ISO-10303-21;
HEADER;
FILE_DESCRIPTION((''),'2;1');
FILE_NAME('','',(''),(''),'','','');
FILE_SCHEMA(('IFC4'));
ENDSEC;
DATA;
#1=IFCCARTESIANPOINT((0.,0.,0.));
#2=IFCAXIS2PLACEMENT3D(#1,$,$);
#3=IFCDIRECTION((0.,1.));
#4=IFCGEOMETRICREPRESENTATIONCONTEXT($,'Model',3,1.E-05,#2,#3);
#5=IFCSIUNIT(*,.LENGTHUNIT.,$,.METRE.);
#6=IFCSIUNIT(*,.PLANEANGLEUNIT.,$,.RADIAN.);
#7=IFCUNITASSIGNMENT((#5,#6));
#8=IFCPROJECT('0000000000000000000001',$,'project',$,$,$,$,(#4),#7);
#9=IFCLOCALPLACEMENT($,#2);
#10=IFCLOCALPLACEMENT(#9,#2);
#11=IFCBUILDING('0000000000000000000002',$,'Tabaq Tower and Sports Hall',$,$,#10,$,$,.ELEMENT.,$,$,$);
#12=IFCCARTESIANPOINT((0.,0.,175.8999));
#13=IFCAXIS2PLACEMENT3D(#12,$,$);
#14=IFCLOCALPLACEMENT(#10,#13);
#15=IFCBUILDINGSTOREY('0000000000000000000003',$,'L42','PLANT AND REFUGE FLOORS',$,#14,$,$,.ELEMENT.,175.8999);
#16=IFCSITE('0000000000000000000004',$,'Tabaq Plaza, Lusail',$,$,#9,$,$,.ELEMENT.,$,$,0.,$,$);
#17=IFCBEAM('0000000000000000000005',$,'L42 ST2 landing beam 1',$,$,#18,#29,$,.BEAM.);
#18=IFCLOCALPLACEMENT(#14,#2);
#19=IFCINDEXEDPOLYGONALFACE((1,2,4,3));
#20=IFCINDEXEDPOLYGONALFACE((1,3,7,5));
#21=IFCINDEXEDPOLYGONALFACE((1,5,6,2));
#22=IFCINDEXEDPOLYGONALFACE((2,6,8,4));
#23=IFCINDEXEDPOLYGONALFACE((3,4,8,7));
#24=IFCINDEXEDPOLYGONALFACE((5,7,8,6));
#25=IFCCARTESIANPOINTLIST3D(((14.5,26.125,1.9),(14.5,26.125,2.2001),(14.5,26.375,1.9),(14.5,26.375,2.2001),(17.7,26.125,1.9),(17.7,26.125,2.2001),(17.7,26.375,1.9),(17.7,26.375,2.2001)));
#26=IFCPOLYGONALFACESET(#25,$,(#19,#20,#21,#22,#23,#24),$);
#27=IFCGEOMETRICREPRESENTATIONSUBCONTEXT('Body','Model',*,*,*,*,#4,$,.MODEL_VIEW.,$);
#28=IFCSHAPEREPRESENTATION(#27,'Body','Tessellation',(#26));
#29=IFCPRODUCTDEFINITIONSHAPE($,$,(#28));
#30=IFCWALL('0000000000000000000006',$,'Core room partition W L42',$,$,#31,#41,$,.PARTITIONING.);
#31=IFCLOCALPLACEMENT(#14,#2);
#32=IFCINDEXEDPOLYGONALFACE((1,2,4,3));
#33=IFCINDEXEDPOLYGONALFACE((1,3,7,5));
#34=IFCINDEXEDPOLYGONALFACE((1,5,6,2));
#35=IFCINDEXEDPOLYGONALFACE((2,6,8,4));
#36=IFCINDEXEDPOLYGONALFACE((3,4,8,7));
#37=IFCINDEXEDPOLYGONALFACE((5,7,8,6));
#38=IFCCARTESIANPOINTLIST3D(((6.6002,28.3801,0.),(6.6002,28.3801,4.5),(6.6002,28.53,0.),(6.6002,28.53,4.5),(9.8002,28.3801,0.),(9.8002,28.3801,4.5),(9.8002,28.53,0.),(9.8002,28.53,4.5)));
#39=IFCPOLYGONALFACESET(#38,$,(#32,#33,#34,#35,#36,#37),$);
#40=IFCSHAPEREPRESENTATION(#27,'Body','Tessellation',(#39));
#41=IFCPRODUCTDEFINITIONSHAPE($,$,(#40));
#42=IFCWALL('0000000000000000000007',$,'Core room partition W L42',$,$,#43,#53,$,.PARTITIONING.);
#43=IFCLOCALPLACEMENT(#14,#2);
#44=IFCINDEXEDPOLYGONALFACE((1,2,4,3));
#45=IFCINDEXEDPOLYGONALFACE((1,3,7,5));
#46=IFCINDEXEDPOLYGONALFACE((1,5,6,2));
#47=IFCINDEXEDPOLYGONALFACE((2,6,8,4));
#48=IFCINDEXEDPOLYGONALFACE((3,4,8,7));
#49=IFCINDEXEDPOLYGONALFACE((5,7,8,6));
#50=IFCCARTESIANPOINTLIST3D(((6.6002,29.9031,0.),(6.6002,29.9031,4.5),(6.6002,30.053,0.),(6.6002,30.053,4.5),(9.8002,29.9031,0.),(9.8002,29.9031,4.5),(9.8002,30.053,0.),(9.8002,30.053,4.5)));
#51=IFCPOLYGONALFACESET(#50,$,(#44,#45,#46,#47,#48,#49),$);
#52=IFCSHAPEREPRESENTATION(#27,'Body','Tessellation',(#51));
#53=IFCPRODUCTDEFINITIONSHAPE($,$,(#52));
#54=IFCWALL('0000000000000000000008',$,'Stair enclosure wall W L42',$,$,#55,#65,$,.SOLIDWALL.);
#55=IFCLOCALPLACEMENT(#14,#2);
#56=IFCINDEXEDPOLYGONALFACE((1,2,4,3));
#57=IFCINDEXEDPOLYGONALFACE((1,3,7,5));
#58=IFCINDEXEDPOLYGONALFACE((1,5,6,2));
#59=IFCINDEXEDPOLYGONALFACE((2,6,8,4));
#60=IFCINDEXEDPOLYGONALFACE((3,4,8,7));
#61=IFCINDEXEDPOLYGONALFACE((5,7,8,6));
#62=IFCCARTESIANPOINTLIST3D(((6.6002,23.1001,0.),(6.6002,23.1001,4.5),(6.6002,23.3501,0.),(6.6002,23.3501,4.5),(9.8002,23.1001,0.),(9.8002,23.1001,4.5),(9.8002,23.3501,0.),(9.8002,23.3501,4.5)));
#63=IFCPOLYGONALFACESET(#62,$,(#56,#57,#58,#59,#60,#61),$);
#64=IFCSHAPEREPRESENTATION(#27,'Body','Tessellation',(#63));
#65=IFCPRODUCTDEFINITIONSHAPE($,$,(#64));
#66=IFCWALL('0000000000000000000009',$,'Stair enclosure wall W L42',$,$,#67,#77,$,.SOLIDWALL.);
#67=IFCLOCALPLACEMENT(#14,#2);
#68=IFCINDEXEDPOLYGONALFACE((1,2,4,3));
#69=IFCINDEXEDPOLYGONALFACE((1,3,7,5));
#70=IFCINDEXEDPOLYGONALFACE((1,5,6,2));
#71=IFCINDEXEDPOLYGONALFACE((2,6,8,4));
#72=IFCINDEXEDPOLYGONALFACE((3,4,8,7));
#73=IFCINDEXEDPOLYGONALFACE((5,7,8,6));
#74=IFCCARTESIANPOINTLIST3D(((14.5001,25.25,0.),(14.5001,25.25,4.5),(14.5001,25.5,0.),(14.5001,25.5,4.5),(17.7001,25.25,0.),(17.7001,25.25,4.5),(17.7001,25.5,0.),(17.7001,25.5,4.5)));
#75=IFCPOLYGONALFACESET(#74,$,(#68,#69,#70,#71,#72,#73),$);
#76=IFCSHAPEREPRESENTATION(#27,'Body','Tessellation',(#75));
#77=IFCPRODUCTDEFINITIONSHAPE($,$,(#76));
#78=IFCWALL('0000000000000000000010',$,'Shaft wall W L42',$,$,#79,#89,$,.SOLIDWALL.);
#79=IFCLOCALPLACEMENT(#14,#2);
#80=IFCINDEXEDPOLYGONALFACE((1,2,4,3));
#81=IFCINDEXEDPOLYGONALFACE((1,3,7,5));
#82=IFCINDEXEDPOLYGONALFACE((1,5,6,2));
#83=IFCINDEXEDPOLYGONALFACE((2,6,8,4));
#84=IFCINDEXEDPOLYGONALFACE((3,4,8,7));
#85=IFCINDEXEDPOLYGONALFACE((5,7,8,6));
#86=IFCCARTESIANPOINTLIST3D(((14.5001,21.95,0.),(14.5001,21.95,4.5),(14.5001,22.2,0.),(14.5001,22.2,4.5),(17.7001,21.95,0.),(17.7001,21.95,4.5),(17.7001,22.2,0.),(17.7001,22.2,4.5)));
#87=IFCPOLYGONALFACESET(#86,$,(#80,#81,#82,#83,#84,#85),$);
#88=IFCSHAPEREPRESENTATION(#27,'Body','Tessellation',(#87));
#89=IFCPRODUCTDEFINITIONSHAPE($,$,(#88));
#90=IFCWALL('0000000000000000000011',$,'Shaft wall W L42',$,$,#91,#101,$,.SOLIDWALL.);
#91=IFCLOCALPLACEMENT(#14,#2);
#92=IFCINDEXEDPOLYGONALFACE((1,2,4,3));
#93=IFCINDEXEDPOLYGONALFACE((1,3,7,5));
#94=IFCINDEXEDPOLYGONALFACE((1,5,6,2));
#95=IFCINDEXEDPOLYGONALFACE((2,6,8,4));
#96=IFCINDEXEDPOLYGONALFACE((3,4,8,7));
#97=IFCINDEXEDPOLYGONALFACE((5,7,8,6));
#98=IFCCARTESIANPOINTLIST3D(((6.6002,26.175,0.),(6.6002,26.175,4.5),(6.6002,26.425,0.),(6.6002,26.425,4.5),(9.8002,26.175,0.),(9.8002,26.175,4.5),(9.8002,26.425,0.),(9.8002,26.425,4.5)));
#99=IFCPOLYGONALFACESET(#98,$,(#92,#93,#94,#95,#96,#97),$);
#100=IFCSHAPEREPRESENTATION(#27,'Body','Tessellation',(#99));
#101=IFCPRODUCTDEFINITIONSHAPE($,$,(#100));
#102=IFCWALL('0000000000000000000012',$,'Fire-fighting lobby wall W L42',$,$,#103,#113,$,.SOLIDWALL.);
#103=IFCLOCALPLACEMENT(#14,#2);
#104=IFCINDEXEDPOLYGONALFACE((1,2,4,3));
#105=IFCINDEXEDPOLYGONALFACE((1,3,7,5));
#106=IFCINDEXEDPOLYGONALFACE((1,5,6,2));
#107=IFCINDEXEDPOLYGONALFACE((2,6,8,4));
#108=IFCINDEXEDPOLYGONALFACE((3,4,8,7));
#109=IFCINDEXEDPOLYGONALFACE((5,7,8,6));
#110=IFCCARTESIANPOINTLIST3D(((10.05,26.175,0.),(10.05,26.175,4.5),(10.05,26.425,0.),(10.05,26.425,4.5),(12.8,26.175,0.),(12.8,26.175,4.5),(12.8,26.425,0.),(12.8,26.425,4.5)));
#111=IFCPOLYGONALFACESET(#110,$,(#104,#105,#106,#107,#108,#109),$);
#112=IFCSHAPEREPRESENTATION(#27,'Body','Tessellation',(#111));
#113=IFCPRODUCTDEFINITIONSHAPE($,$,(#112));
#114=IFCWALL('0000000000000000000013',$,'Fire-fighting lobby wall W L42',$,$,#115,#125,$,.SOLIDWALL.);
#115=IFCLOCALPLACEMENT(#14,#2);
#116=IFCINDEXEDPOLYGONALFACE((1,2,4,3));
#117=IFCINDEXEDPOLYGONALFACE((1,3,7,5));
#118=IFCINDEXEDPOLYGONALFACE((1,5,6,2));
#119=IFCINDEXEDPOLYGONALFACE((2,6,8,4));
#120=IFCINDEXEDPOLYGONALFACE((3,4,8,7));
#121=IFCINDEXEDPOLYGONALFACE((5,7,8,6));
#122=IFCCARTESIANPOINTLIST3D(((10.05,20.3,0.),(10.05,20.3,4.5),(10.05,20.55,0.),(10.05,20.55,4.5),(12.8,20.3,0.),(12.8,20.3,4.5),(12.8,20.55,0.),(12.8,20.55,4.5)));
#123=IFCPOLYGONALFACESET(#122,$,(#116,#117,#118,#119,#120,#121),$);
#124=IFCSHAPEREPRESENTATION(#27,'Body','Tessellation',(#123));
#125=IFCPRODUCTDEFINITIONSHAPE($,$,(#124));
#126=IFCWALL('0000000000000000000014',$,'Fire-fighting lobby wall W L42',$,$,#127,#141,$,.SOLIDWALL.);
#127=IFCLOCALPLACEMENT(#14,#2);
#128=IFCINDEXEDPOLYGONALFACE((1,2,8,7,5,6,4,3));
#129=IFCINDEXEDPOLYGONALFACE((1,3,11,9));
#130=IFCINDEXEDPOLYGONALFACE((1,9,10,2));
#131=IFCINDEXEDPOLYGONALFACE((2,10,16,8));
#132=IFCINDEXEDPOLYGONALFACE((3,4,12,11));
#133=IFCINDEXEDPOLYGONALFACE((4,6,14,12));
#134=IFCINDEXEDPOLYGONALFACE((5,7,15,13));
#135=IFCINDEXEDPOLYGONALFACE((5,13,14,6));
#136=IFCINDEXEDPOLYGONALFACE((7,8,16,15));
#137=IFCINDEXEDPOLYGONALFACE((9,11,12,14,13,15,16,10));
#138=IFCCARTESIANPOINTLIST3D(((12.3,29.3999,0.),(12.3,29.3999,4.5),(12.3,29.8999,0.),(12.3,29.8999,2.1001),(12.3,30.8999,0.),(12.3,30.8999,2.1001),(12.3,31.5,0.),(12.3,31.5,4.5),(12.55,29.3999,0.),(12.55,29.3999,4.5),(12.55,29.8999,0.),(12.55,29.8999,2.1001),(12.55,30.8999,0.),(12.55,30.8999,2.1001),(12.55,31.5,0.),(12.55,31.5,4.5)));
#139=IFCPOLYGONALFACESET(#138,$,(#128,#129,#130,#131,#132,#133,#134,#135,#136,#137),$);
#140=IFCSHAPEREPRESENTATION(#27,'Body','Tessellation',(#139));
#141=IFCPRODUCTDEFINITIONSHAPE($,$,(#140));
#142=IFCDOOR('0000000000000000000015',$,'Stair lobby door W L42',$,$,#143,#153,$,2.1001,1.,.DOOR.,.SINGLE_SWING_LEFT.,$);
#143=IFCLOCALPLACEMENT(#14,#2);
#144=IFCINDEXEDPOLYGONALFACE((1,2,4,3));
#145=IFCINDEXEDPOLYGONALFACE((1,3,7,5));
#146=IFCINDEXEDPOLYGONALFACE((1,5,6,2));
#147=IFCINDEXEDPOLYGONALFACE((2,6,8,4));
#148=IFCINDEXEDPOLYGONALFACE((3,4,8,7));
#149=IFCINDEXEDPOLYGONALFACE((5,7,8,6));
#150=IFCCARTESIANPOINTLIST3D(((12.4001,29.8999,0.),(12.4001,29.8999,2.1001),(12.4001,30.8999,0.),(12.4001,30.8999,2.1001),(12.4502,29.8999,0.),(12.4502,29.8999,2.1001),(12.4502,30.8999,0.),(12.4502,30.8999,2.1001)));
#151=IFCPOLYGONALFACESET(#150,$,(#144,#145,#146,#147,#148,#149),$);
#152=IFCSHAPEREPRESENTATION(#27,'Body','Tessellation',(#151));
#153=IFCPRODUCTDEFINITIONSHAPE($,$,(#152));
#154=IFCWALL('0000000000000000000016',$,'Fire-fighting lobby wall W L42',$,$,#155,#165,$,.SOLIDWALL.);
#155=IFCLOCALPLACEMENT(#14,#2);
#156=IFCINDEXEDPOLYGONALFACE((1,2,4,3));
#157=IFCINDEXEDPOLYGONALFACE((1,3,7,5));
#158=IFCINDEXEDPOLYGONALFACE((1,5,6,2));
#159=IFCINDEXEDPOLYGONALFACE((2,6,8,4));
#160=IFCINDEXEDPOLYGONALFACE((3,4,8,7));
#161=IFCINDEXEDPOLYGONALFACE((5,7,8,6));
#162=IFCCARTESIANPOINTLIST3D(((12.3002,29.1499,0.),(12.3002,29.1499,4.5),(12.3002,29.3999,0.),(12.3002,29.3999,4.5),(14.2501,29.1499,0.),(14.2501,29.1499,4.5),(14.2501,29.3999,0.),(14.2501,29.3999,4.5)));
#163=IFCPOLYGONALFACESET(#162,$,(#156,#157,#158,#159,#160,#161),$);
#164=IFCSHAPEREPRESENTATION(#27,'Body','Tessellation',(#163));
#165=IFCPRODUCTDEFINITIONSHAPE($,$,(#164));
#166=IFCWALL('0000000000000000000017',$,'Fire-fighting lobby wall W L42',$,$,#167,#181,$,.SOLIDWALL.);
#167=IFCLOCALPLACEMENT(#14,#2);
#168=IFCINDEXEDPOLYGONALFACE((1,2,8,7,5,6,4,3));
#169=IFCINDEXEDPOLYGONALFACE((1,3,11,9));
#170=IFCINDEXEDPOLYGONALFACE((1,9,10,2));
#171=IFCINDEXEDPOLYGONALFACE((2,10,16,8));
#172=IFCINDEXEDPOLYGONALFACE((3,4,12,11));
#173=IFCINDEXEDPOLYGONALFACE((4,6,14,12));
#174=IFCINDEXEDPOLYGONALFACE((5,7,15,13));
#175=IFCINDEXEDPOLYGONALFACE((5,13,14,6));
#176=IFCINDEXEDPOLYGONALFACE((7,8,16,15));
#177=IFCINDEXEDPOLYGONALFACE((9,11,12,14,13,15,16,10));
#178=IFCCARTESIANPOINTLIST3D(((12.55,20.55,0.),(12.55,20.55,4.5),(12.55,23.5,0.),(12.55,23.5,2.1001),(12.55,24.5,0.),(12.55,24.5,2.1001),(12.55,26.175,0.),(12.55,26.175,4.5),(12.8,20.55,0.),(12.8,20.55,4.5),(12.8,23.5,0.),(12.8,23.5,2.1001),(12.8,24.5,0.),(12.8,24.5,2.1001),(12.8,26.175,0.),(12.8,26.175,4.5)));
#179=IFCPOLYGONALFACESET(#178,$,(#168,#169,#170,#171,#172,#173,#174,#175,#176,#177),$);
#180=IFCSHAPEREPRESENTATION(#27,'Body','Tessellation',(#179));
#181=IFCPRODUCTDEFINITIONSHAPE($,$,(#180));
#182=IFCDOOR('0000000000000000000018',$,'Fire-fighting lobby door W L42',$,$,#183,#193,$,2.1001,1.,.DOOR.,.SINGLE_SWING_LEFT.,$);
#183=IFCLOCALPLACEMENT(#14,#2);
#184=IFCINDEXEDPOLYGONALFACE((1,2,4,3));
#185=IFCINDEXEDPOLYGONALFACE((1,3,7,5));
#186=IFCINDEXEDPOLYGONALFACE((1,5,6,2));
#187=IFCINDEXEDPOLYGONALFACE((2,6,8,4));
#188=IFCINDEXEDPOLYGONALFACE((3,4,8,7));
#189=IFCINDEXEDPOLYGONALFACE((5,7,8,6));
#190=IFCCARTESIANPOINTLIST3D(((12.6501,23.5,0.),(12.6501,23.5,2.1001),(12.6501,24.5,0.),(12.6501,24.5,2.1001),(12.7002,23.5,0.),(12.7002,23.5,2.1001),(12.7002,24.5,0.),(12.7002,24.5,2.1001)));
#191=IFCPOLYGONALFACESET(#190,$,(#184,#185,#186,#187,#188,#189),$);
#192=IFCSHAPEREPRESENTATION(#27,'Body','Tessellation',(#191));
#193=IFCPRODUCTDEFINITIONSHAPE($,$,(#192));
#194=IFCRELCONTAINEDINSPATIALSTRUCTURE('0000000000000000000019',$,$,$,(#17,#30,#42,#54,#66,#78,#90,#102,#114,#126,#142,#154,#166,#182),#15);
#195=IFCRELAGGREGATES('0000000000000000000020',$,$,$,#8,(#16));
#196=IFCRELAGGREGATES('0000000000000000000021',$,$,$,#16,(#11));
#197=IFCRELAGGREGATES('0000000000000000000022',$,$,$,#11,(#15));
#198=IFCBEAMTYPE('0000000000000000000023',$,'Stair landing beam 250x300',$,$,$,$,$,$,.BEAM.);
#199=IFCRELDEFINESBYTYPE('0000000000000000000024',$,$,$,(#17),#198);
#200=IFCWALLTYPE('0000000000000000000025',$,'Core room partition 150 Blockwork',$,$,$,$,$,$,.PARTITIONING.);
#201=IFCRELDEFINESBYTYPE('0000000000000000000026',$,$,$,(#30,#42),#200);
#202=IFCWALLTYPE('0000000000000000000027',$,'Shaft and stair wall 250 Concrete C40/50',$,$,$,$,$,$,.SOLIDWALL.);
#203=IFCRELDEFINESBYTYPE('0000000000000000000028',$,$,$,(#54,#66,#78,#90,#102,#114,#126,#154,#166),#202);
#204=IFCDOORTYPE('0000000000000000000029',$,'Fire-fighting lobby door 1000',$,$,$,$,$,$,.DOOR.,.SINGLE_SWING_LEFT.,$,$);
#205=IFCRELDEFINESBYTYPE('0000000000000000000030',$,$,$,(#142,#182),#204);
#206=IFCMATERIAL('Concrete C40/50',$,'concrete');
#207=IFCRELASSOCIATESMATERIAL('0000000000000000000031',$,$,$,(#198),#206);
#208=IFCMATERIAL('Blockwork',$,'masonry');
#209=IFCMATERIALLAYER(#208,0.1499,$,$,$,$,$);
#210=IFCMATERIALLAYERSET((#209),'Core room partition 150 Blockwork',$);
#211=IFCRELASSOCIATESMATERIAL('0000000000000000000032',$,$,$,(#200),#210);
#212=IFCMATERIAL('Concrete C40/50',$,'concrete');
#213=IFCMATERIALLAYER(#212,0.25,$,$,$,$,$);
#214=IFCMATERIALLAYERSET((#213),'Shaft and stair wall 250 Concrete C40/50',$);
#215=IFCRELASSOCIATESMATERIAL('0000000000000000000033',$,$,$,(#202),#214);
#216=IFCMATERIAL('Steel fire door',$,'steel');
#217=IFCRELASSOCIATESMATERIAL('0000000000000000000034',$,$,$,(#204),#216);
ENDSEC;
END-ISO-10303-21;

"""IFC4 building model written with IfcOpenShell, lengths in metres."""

from ifc_helpers import new_model, si_unit, direction, frame, frame_2d, origin, origin_2d, place, context, subcontext, project, spatial, rectangle, extrude, material, layer, layer_set, material_profile, profile_set, type_object, element, fill, save


model = new_model("IFC4")

# Units and contexts
model_context = context("Model", 3, precision=1e-05, world=origin(), true_north=direction((0.0, 1.0)))
body_context = subcontext(model_context, "Body", "Model", "MODEL_VIEW")
ifc_project = project(units=[si_unit("LENGTHUNIT", "METRE"), si_unit("PLANEANGLEUNIT", "RADIAN")], contexts=[model_context])

# Site, building, storey
site_placement = place(None, origin())
site = spatial("IfcSite", under=ifc_project, at=site_placement, Name="Tabaq Plaza, Lusail", CompositionType="ELEMENT", RefElevation=0.0)
building_placement = place(site_placement, origin())
building = spatial("IfcBuilding", under=site, at=building_placement, Name="Tabaq Tower and Sports Hall", CompositionType="ELEMENT")
storey_placement = place(building_placement, frame((0.0, 0.0, 175.8999)))
storey = spatial("IfcBuildingStorey", under=building, at=storey_placement, Name="L42", Description="PLANT AND REFUGE FLOORS", CompositionType="ELEMENT", Elevation=175.8999)

# Beam
ifc_material_1 = material(Name="Concrete C40/50", Category="concrete")
ifc_material_profile = material_profile(ifc_material_1, rectangle(XDim=0.25, YDim=0.3, at=origin_2d()), Name="RC 250x300")
ifc_profile_set = profile_set([ifc_material_profile], Name="Concrete C40/50")
beam_type = type_object("IfcBeamType", Name="Stair landing beam 250x300", PredefinedType="BEAM", material=ifc_profile_set)
beam_placement = place(storey_placement, frame((14.5, 26.25, 2.05), z_axis=(1.0, 0.0, 0.0), x_axis=(0.0, 1.0, 0.0)))
element("IfcBeam", 1, at=beam_placement, inside=storey, type_object=beam_type, Name="L42 ST2 landing beam 1", PredefinedType="BEAM", context=body_context, shape_type="SweptSolid", body=[
    extrude(rectangle(XDim=0.25, YDim=0.3, at=origin_2d()), origin(), (0.0, 0.0, 1.0), 3.2),
])

# Walls
ifc_material_2 = material(Name="Blockwork", Category="masonry")
ifc_layer_1 = layer(ifc_material_2, 0.1499)
ifc_layer_set_1 = layer_set([ifc_layer_1], Name="Core room partition 150 Blockwork")
wall_type_1 = type_object("IfcWallType", Name="Core room partition 150 Blockwork", PredefinedType="PARTITIONING", material=ifc_layer_set_1)
for number, where, z_axis, x_axis, name in (
    (2, (6.6001, 28.4551, 0.0), (0.0, 0.0, 1.0), (1.0, 0.0, 0.0), "Core room partition W L42"),
    (3, (6.6001, 29.978, 0.0), (0.0, 0.0, 1.0), (1.0, 0.0, 0.0), "Core room partition W L42"),
):
    element("IfcWall", number, at=place(storey_placement, frame(where, z_axis=z_axis, x_axis=x_axis)), inside=storey, type_object=wall_type_1, Name=name, PredefinedType="PARTITIONING", context=body_context, shape_type="SweptSolid", body=[
        extrude(rectangle(XDim=3.2, YDim=0.1499, at=frame_2d((1.6001, 0.0))), origin(), (0.0, 0.0, 1.0), 4.5),
    ])
ifc_material_3 = material(Name="Concrete C40/50", Category="concrete")
ifc_layer_2 = layer(ifc_material_3, 0.25)
ifc_layer_set_2 = layer_set([ifc_layer_2], Name="Shaft and stair wall 250 Concrete C40/50")
wall_type_2 = type_object("IfcWallType", Name="Shaft and stair wall 250 Concrete C40/50", PredefinedType="SOLIDWALL", material=ifc_layer_set_2)
for number, where, z_axis, x_axis, name in (
    (4, (6.6001, 23.2251, 0.0), (0.0, 0.0, 1.0), (1.0, 0.0, 0.0), "Stair enclosure wall W L42"),
    (5, (14.5, 25.375, 0.0), (0.0, 0.0, 1.0), (1.0, 0.0, 0.0), "Stair enclosure wall W L42"),
    (6, (14.5, 22.075, 0.0), (0.0, 0.0, 1.0), (1.0, 0.0, 0.0), "Shaft wall W L42"),
    (7, (6.6001, 26.3, 0.0), (0.0, 0.0, 1.0), (1.0, 0.0, 0.0), "Shaft wall W L42"),
):
    element("IfcWall", number, at=place(storey_placement, frame(where, z_axis=z_axis, x_axis=x_axis)), inside=storey, type_object=wall_type_2, Name=name, PredefinedType="SOLIDWALL", context=body_context, shape_type="SweptSolid", body=[
        extrude(rectangle(XDim=3.2, YDim=0.25, at=frame_2d((1.6001, 0.0))), origin(), (0.0, 0.0, 1.0), 4.5),
    ])
for number, where, z_axis, x_axis, name in (
    (8, (10.05, 26.3, 0.0), (0.0, 0.0, 1.0), (1.0, 0.0, 0.0), "Fire-fighting lobby wall W L42"),
    (9, (10.05, 20.425, 0.0), (0.0, 0.0, 1.0), (1.0, 0.0, 0.0), "Fire-fighting lobby wall W L42"),
):
    element("IfcWall", number, at=place(storey_placement, frame(where, z_axis=z_axis, x_axis=x_axis)), inside=storey, type_object=wall_type_2, Name=name, PredefinedType="SOLIDWALL", context=body_context, shape_type="SweptSolid", body=[
        extrude(rectangle(XDim=2.75, YDim=0.25, at=frame_2d((1.375, 0.0))), origin(), (0.0, 0.0, 1.0), 4.5),
    ])

# Wall, opening, door
wall_1_placement = place(storey_placement, frame((12.425, 29.3999, 0.0), z_axis=(0.0, 0.0, 1.0), x_axis=(0.0, 1.0, 0.0)))
wall_1 = element("IfcWall", 10, at=wall_1_placement, inside=storey, type_object=wall_type_2, Name="Fire-fighting lobby wall W L42", PredefinedType="SOLIDWALL", context=body_context, shape_type="SweptSolid", body=[
    extrude(rectangle(XDim=2.1001, YDim=0.25, at=frame_2d((1.05, 0.0))), origin(), (0.0, 0.0, 1.0), 4.5),
])
opening_1_placement = place(wall_1_placement, frame((0.5, 0.0, 0.0)))
opening_1 = element("IfcOpeningElement", 11, at=opening_1_placement, cuts=wall_1, PredefinedType="OPENING", context=body_context, shape_type="SweptSolid", body=[
    extrude(rectangle(XDim=1.0, YDim=2.1001, at=frame_2d((0.5, 1.05))), frame((0.0, 0.125, 0.0), z_axis=(0.0, -1.0, 0.0), x_axis=(1.0, 0.0, 0.0)), (0.0, 0.0, 1.0), 0.25),
])
ifc_material_4 = material(Name="Steel fire door", Category="steel")
door_type = type_object("IfcDoorType", Name="Fire-fighting lobby door 1000", OperationType="SINGLE_SWING_LEFT", PredefinedType="DOOR", material=ifc_material_4)
door_1_placement = place(opening_1_placement, origin())
door_1 = element("IfcDoor", 12, at=door_1_placement, inside=storey, type_object=door_type, Name="Stair lobby door W L42", OperationType="SINGLE_SWING_LEFT", OverallHeight=2.1001, OverallWidth=1.0, PredefinedType="DOOR", context=body_context, shape_type="SweptSolid", body=[
    extrude(rectangle(XDim=1.0, YDim=2.1001, at=frame_2d((0.5, 1.05))), frame((0.0, 0.0249, 0.0), z_axis=(0.0, -1.0, 0.0), x_axis=(1.0, 0.0, 0.0)), (0.0, 0.0, 1.0), 0.05),
])
fill(opening_1, door_1)

# Wall
wall_2_placement = place(storey_placement, frame((12.3, 29.2749, 0.0), z_axis=(0.0, 0.0, 1.0), x_axis=(1.0, 0.0, 0.0)))
element("IfcWall", 13, at=wall_2_placement, inside=storey, type_object=wall_type_2, Name="Fire-fighting lobby wall W L42", PredefinedType="SOLIDWALL", context=body_context, shape_type="SweptSolid", body=[
    extrude(rectangle(XDim=1.95, YDim=0.25, at=frame_2d((0.9751, 0.0))), origin(), (0.0, 0.0, 1.0), 4.5),
])

# Wall, opening, door
wall_3_placement = place(storey_placement, frame((12.675, 20.55, 0.0), z_axis=(0.0, 0.0, 1.0), x_axis=(0.0, 1.0, 0.0)))
wall_3 = element("IfcWall", 14, at=wall_3_placement, inside=storey, type_object=wall_type_2, Name="Fire-fighting lobby wall W L42", PredefinedType="SOLIDWALL", context=body_context, shape_type="SweptSolid", body=[
    extrude(rectangle(XDim=5.625, YDim=0.25, at=frame_2d((2.8125, 0.0))), origin(), (0.0, 0.0, 1.0), 4.5),
])
opening_2_placement = place(wall_3_placement, frame((2.95, 0.0, 0.0)))
opening_2 = element("IfcOpeningElement", 15, at=opening_2_placement, cuts=wall_3, PredefinedType="OPENING", context=body_context, shape_type="SweptSolid", body=[
    extrude(rectangle(XDim=1.0, YDim=2.1001, at=frame_2d((0.5, 1.05))), frame((0.0, 0.125, 0.0), z_axis=(0.0, -1.0, 0.0), x_axis=(1.0, 0.0, 0.0)), (0.0, 0.0, 1.0), 0.25),
])
door_2_placement = place(opening_2_placement, origin())
door_2 = element("IfcDoor", 16, at=door_2_placement, inside=storey, type_object=door_type, Name="Fire-fighting lobby door W L42", OperationType="SINGLE_SWING_LEFT", OverallHeight=2.1001, OverallWidth=1.0, PredefinedType="DOOR", context=body_context, shape_type="SweptSolid", body=[
    extrude(rectangle(XDim=1.0, YDim=2.1001, at=frame_2d((0.5, 1.05))), frame((0.0, 0.0249, 0.0), z_axis=(0.0, -1.0, 0.0), x_axis=(1.0, 0.0, 0.0)), (0.0, 0.0, 1.0), 0.05),
])
fill(opening_2, door_2)

save(model, "model.ifc")
